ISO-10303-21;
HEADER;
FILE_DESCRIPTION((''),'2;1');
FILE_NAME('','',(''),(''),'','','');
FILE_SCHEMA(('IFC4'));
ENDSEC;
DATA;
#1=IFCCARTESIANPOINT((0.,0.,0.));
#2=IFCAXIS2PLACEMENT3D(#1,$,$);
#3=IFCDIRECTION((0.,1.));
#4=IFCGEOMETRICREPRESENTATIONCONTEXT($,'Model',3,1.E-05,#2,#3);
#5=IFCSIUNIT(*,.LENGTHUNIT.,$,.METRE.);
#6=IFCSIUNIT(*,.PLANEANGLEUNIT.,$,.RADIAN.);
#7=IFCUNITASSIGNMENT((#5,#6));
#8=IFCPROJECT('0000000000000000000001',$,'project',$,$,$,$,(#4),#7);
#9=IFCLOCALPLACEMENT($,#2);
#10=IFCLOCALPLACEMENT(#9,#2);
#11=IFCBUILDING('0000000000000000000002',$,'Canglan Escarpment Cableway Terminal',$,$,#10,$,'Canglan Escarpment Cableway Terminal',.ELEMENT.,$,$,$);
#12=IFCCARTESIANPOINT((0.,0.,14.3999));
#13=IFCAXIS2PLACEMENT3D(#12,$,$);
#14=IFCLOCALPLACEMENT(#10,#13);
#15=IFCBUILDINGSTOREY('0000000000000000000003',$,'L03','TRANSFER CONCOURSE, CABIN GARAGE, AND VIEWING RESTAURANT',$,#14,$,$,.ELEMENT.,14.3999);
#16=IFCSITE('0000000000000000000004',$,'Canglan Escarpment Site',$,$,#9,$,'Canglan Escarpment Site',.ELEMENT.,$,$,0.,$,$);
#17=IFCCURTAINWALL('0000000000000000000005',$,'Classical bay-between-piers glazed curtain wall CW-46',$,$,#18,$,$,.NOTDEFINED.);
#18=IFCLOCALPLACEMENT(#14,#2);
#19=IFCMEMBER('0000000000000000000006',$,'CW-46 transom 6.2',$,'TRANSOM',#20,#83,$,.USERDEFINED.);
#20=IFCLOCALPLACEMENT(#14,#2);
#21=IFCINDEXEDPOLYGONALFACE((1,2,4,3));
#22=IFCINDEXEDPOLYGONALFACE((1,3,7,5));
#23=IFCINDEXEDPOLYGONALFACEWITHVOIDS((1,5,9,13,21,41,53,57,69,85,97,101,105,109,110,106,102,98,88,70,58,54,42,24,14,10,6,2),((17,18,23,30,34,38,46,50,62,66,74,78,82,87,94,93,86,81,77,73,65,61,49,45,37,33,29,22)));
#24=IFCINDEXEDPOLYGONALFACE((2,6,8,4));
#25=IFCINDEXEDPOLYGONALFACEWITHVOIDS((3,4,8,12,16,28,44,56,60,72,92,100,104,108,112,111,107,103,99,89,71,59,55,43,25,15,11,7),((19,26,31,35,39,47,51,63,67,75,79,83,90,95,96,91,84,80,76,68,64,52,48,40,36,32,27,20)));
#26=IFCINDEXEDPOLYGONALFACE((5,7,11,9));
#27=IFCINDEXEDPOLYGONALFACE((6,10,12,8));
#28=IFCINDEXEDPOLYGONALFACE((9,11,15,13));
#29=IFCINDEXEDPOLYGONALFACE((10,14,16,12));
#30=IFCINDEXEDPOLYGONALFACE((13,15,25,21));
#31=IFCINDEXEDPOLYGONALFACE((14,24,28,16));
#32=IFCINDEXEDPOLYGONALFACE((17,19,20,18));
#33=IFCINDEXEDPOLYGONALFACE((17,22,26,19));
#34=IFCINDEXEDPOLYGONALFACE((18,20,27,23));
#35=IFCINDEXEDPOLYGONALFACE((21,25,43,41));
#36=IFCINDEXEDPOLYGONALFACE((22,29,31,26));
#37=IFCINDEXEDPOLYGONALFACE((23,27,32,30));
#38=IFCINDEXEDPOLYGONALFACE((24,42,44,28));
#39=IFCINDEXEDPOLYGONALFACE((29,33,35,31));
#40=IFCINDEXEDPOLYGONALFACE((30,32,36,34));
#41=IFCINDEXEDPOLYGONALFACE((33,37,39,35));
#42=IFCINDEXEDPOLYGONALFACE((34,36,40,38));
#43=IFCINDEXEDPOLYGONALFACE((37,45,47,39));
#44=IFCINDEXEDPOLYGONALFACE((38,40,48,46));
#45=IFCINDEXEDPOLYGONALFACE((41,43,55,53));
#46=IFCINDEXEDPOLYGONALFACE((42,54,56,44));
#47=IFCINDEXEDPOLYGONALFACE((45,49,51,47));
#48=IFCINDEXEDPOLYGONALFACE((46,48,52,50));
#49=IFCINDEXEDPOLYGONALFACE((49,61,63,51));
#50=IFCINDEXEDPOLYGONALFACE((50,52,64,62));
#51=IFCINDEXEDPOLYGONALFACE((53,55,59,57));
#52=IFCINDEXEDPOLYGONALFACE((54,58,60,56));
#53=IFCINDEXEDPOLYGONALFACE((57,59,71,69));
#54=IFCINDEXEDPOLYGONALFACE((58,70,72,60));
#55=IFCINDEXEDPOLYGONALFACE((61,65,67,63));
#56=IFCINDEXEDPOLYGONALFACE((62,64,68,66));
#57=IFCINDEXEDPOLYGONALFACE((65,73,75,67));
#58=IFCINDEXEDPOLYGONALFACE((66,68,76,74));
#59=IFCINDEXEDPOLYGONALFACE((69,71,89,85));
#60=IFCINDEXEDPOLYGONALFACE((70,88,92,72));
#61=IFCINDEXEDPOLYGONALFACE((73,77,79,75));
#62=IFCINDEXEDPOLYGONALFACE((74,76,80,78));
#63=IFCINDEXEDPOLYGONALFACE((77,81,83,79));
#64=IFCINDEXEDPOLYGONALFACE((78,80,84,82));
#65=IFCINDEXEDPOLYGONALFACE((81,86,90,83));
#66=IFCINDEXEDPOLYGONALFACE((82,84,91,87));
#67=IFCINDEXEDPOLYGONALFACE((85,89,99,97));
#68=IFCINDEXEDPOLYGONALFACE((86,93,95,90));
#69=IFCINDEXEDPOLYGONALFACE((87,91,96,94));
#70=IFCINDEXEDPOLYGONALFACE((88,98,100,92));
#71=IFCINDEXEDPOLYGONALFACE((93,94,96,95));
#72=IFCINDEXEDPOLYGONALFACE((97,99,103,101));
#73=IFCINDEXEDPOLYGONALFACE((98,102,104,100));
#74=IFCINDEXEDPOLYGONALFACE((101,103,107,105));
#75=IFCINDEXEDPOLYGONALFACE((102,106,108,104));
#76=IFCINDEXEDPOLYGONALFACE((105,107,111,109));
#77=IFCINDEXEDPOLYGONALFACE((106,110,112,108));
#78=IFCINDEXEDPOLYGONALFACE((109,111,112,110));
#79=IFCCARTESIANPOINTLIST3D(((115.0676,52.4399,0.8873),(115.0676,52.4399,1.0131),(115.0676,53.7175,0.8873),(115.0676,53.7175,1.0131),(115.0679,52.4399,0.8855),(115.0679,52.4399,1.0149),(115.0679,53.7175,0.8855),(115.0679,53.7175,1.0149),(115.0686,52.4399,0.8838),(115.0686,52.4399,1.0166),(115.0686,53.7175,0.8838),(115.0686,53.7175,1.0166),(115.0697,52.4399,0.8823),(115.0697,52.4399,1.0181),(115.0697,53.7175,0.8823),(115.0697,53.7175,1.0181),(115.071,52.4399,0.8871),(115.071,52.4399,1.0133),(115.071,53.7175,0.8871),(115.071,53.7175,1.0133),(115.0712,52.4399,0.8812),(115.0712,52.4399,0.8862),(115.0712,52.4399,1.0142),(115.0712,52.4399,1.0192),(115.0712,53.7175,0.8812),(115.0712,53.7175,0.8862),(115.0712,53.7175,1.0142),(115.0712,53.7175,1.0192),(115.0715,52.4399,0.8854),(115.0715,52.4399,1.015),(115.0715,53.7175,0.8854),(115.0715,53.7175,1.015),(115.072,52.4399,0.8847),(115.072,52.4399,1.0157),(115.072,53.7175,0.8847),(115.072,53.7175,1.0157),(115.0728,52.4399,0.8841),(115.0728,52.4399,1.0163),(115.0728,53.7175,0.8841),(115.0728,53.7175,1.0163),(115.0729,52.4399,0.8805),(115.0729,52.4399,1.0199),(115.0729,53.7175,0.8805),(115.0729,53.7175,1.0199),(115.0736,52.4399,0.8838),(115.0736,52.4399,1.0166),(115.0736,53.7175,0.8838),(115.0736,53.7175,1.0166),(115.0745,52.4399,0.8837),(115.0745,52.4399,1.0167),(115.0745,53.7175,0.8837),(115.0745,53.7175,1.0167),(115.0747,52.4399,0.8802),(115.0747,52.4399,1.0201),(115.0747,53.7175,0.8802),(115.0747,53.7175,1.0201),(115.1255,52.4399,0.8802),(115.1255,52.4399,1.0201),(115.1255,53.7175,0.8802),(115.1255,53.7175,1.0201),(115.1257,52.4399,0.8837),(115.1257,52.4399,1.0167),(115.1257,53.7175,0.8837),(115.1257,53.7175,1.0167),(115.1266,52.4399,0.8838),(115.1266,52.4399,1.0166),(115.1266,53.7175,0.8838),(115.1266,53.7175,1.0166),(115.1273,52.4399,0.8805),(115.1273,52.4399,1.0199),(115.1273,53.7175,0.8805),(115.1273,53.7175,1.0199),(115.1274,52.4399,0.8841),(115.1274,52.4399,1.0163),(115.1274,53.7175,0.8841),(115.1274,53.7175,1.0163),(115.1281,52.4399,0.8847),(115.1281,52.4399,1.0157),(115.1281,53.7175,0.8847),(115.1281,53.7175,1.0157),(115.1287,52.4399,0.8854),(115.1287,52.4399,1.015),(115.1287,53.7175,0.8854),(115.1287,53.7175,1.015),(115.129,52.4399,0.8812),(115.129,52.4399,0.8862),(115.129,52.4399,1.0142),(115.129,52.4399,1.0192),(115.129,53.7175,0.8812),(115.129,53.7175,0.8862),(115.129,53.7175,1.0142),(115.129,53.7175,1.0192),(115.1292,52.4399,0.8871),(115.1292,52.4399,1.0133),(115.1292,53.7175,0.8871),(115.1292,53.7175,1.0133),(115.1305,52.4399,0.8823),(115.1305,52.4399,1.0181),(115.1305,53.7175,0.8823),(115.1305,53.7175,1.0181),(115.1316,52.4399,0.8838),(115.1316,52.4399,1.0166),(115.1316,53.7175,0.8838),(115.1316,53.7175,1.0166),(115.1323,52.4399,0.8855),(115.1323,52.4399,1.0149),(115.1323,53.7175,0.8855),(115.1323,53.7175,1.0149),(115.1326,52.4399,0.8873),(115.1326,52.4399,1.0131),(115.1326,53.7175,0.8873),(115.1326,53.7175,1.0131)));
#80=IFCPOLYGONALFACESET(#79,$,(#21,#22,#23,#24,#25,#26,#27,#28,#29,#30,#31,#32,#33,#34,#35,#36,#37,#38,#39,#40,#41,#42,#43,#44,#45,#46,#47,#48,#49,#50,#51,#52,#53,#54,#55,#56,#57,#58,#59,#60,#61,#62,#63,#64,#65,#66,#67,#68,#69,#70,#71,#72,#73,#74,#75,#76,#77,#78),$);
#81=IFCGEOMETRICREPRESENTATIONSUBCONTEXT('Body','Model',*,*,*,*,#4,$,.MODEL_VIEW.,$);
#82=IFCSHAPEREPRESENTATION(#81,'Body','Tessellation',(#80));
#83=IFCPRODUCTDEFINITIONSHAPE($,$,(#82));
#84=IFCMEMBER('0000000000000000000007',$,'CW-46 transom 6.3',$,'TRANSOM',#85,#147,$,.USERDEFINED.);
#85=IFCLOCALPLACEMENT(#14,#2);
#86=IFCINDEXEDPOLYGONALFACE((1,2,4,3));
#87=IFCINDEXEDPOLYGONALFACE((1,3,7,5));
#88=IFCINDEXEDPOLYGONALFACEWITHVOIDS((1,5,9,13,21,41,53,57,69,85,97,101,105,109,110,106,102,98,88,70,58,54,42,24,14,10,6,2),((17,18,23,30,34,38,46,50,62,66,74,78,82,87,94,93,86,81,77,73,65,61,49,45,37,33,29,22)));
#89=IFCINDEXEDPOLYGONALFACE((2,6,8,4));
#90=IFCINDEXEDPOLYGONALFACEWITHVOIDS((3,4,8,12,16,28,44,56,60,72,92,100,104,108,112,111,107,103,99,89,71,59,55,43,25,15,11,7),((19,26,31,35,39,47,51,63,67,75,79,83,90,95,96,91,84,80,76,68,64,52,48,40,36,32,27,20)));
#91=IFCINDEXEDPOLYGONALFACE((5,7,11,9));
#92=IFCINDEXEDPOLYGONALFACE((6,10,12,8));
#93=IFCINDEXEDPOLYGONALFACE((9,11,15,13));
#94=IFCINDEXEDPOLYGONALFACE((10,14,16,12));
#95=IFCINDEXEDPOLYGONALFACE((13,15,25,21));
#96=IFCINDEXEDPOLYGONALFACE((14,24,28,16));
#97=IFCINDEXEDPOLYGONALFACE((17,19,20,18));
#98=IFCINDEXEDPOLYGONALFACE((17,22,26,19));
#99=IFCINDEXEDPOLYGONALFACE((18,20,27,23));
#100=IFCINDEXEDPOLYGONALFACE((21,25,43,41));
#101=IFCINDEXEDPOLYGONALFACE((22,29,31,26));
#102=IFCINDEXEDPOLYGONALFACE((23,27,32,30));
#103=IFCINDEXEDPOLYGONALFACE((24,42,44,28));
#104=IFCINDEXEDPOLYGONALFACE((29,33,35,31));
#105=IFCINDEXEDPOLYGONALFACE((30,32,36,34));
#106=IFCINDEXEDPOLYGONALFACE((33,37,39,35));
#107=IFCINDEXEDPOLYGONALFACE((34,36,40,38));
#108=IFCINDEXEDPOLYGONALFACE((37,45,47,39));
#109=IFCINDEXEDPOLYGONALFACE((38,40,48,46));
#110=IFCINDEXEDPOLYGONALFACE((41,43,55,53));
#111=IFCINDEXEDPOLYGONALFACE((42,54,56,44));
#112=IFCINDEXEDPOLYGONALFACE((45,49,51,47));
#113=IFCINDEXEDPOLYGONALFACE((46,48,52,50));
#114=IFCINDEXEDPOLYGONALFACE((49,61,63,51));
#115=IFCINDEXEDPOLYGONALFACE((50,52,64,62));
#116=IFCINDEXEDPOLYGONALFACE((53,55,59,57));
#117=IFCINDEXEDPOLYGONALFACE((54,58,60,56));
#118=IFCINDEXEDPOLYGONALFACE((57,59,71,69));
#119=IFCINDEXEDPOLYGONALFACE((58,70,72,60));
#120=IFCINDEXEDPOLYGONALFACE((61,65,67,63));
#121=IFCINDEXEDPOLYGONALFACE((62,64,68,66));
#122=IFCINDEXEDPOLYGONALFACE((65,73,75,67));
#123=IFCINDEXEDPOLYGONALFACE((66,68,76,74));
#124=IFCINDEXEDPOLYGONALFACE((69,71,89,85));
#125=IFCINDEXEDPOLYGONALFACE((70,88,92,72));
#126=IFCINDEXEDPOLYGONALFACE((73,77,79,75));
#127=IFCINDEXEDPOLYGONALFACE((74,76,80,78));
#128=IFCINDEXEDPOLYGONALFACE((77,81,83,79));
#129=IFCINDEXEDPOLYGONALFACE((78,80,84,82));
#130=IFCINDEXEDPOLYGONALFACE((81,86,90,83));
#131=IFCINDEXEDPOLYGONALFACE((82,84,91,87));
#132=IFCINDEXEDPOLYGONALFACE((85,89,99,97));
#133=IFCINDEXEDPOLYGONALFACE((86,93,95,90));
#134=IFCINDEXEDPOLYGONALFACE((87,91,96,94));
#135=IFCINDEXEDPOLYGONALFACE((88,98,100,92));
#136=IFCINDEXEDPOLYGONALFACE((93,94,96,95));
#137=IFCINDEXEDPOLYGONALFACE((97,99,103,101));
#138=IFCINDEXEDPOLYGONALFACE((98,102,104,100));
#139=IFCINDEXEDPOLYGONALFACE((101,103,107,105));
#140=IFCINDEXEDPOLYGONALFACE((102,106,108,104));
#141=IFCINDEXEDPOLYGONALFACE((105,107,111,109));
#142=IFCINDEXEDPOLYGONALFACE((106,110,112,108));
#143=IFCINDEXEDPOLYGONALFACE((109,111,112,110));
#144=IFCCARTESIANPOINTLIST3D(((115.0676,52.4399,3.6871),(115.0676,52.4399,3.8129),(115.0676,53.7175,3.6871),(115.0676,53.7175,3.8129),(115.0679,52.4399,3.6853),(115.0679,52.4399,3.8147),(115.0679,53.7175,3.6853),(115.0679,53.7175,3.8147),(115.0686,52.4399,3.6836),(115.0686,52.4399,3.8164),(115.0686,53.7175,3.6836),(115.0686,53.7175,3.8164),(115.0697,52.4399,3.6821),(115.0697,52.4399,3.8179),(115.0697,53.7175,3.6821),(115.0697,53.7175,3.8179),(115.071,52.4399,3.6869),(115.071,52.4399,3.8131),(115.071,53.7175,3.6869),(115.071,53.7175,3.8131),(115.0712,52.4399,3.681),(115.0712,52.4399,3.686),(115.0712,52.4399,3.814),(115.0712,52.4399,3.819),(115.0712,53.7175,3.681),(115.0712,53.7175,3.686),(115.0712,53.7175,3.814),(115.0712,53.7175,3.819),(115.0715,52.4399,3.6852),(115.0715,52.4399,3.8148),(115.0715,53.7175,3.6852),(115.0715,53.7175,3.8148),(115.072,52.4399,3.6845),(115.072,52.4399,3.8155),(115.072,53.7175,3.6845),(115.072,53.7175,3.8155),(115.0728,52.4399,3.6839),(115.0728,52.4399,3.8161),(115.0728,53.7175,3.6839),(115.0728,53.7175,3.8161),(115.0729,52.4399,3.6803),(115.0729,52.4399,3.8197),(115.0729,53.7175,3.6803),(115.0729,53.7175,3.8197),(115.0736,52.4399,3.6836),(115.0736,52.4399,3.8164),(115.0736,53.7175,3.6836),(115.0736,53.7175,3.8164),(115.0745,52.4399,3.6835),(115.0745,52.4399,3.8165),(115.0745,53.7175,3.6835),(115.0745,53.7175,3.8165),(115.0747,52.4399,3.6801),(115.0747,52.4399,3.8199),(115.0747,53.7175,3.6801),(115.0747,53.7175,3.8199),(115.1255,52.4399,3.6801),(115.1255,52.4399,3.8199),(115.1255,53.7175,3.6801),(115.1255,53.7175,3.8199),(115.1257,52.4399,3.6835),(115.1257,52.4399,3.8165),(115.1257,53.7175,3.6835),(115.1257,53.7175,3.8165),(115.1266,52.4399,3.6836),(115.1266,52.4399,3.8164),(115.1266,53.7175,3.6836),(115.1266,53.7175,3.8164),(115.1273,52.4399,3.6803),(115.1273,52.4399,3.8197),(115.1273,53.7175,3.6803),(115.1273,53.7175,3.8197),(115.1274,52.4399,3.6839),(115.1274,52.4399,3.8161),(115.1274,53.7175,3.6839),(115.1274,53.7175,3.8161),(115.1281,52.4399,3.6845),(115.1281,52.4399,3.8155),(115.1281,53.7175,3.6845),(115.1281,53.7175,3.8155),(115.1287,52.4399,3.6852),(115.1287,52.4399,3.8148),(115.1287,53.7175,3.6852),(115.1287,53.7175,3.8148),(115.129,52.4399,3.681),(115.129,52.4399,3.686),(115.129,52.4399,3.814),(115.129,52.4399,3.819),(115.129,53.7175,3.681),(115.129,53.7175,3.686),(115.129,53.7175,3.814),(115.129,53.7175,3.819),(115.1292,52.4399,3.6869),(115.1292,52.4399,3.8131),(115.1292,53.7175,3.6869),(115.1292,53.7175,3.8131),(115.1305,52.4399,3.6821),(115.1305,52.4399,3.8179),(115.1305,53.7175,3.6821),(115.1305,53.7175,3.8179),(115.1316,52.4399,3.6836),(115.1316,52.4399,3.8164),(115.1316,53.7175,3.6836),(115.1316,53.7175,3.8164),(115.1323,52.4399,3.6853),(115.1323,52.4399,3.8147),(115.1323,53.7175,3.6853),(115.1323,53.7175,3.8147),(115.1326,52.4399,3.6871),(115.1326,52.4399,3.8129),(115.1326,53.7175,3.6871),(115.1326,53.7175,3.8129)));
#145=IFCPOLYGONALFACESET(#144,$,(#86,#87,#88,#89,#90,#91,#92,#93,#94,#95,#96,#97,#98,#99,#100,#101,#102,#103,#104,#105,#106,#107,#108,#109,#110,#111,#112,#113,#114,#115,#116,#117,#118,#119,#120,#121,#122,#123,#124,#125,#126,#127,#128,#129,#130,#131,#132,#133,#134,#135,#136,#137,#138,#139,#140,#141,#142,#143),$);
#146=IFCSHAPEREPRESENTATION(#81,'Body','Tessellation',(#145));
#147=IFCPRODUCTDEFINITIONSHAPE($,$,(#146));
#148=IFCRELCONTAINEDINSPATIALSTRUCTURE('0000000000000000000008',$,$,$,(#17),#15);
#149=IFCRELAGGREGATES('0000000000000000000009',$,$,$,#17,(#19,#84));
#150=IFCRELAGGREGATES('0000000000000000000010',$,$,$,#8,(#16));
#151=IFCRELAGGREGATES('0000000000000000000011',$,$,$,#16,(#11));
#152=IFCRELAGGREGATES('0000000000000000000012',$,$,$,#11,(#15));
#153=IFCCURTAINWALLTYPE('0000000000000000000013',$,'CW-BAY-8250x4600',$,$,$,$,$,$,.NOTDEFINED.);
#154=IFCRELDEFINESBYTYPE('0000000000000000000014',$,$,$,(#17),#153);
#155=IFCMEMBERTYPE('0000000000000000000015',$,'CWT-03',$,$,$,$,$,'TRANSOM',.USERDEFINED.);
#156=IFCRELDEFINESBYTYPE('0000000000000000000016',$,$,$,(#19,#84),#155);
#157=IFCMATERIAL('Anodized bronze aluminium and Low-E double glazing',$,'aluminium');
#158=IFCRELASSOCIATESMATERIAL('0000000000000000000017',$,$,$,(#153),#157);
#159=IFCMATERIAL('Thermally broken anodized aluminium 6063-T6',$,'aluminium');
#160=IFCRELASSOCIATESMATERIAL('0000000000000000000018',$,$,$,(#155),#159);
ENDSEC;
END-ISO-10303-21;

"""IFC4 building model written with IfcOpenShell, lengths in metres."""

from ifc_helpers import new_model, si_unit, direction, frame, origin, origin_2d, place, context, subcontext, project, spatial, hollow_rectangle, extrude, material, material_profile, profile_set, type_object, element, aggregate, save


model = new_model("IFC4")

# Units and contexts
model_context = context("Model", 3, precision=1e-05, world=origin(), true_north=direction((0.0, 1.0)))
body_context = subcontext(model_context, "Body", "Model", "MODEL_VIEW")
ifc_project = project(units=[si_unit("LENGTHUNIT", "METRE"), si_unit("PLANEANGLEUNIT", "RADIAN")], contexts=[model_context])

# Site, building, storey
site_placement = place(None, origin())
site = spatial("IfcSite", under=ifc_project, at=site_placement, Name="Canglan Escarpment Site", LongName="Canglan Escarpment Site", CompositionType="ELEMENT", RefElevation=0.0)
building_placement = place(site_placement, origin())
building = spatial("IfcBuilding", under=site, at=building_placement, Name="Canglan Escarpment Cableway Terminal", LongName="Canglan Escarpment Cableway Terminal", CompositionType="ELEMENT")
storey_placement = place(building_placement, frame((0.0, 0.0, 14.3999)))
storey = spatial("IfcBuildingStorey", under=building, at=storey_placement, Name="L03", Description="TRANSFER CONCOURSE, CABIN GARAGE, AND VIEWING RESTAURANT", CompositionType="ELEMENT", Elevation=14.3999)

# Curtain wall, members
ifc_material_1 = material(Name="Anodized bronze aluminium and Low-E double glazing", Category="aluminium")
curtain_wall_type = type_object("IfcCurtainWallType", Name="CW-BAY-8250x4600", PredefinedType="NOTDEFINED", material=ifc_material_1)
curtain_wall_placement = place(storey_placement, origin())
curtain_wall = element("IfcCurtainWall", 1, at=curtain_wall_placement, inside=storey, type_object=curtain_wall_type, Name="Classical bay-between-piers glazed curtain wall CW-46", PredefinedType="NOTDEFINED")
ifc_material_2 = material(Name="Thermally broken anodized aluminium 6063-T6", Category="aluminium")
ifc_material_profile_1 = material_profile(ifc_material_2, hollow_rectangle(XDim=0.0649, YDim=0.1399, WallThickness=0.0034, InnerFilletRadius=0.0034, OuterFilletRadius=0.0071, at=origin_2d()), Name="ALU-TRAN 65x140x3.5")
ifc_profile_set_1 = profile_set([ifc_material_profile_1], Name="Thermally broken anodized aluminium 6063-T6")
member_type_1 = type_object("IfcMemberType", Name="CWT-03", ElementType="TRANSOM", PredefinedType="USERDEFINED", material=ifc_profile_set_1)
member_1_placement = place(storey_placement, frame((115.1001, 53.7175, 0.9502), z_axis=(0.0, -1.0, 0.0), x_axis=(1.0, 0.0, 0.0)))
member_1 = element("IfcMember", 2, at=member_1_placement, type_object=member_type_1, Name="CW-46 transom 6.2", ObjectType="TRANSOM", PredefinedType="USERDEFINED", context=body_context, shape_type="SweptSolid", body=[
    extrude(hollow_rectangle(XDim=0.0649, YDim=0.1399, WallThickness=0.0034, InnerFilletRadius=0.0034, OuterFilletRadius=0.0071, at=origin_2d()), origin(), (0.0, 0.0, 1.0), 1.2776),
])
member_2_placement = place(storey_placement, frame((115.1001, 53.7175, 3.75), z_axis=(0.0, -1.0, 0.0), x_axis=(1.0, 0.0, 0.0)))
member_2 = element("IfcMember", 3, at=member_2_placement, type_object=member_type_1, Name="CW-46 transom 6.3", ObjectType="TRANSOM", PredefinedType="USERDEFINED", context=body_context, shape_type="SweptSolid", body=[
    extrude(hollow_rectangle(XDim=0.0649, YDim=0.1399, WallThickness=0.0034, InnerFilletRadius=0.0034, OuterFilletRadius=0.0071, at=origin_2d()), origin(), (0.0, 0.0, 1.0), 1.2776),
])

aggregate(curtain_wall, [member_1, member_2])

save(model, "model.ifc")
